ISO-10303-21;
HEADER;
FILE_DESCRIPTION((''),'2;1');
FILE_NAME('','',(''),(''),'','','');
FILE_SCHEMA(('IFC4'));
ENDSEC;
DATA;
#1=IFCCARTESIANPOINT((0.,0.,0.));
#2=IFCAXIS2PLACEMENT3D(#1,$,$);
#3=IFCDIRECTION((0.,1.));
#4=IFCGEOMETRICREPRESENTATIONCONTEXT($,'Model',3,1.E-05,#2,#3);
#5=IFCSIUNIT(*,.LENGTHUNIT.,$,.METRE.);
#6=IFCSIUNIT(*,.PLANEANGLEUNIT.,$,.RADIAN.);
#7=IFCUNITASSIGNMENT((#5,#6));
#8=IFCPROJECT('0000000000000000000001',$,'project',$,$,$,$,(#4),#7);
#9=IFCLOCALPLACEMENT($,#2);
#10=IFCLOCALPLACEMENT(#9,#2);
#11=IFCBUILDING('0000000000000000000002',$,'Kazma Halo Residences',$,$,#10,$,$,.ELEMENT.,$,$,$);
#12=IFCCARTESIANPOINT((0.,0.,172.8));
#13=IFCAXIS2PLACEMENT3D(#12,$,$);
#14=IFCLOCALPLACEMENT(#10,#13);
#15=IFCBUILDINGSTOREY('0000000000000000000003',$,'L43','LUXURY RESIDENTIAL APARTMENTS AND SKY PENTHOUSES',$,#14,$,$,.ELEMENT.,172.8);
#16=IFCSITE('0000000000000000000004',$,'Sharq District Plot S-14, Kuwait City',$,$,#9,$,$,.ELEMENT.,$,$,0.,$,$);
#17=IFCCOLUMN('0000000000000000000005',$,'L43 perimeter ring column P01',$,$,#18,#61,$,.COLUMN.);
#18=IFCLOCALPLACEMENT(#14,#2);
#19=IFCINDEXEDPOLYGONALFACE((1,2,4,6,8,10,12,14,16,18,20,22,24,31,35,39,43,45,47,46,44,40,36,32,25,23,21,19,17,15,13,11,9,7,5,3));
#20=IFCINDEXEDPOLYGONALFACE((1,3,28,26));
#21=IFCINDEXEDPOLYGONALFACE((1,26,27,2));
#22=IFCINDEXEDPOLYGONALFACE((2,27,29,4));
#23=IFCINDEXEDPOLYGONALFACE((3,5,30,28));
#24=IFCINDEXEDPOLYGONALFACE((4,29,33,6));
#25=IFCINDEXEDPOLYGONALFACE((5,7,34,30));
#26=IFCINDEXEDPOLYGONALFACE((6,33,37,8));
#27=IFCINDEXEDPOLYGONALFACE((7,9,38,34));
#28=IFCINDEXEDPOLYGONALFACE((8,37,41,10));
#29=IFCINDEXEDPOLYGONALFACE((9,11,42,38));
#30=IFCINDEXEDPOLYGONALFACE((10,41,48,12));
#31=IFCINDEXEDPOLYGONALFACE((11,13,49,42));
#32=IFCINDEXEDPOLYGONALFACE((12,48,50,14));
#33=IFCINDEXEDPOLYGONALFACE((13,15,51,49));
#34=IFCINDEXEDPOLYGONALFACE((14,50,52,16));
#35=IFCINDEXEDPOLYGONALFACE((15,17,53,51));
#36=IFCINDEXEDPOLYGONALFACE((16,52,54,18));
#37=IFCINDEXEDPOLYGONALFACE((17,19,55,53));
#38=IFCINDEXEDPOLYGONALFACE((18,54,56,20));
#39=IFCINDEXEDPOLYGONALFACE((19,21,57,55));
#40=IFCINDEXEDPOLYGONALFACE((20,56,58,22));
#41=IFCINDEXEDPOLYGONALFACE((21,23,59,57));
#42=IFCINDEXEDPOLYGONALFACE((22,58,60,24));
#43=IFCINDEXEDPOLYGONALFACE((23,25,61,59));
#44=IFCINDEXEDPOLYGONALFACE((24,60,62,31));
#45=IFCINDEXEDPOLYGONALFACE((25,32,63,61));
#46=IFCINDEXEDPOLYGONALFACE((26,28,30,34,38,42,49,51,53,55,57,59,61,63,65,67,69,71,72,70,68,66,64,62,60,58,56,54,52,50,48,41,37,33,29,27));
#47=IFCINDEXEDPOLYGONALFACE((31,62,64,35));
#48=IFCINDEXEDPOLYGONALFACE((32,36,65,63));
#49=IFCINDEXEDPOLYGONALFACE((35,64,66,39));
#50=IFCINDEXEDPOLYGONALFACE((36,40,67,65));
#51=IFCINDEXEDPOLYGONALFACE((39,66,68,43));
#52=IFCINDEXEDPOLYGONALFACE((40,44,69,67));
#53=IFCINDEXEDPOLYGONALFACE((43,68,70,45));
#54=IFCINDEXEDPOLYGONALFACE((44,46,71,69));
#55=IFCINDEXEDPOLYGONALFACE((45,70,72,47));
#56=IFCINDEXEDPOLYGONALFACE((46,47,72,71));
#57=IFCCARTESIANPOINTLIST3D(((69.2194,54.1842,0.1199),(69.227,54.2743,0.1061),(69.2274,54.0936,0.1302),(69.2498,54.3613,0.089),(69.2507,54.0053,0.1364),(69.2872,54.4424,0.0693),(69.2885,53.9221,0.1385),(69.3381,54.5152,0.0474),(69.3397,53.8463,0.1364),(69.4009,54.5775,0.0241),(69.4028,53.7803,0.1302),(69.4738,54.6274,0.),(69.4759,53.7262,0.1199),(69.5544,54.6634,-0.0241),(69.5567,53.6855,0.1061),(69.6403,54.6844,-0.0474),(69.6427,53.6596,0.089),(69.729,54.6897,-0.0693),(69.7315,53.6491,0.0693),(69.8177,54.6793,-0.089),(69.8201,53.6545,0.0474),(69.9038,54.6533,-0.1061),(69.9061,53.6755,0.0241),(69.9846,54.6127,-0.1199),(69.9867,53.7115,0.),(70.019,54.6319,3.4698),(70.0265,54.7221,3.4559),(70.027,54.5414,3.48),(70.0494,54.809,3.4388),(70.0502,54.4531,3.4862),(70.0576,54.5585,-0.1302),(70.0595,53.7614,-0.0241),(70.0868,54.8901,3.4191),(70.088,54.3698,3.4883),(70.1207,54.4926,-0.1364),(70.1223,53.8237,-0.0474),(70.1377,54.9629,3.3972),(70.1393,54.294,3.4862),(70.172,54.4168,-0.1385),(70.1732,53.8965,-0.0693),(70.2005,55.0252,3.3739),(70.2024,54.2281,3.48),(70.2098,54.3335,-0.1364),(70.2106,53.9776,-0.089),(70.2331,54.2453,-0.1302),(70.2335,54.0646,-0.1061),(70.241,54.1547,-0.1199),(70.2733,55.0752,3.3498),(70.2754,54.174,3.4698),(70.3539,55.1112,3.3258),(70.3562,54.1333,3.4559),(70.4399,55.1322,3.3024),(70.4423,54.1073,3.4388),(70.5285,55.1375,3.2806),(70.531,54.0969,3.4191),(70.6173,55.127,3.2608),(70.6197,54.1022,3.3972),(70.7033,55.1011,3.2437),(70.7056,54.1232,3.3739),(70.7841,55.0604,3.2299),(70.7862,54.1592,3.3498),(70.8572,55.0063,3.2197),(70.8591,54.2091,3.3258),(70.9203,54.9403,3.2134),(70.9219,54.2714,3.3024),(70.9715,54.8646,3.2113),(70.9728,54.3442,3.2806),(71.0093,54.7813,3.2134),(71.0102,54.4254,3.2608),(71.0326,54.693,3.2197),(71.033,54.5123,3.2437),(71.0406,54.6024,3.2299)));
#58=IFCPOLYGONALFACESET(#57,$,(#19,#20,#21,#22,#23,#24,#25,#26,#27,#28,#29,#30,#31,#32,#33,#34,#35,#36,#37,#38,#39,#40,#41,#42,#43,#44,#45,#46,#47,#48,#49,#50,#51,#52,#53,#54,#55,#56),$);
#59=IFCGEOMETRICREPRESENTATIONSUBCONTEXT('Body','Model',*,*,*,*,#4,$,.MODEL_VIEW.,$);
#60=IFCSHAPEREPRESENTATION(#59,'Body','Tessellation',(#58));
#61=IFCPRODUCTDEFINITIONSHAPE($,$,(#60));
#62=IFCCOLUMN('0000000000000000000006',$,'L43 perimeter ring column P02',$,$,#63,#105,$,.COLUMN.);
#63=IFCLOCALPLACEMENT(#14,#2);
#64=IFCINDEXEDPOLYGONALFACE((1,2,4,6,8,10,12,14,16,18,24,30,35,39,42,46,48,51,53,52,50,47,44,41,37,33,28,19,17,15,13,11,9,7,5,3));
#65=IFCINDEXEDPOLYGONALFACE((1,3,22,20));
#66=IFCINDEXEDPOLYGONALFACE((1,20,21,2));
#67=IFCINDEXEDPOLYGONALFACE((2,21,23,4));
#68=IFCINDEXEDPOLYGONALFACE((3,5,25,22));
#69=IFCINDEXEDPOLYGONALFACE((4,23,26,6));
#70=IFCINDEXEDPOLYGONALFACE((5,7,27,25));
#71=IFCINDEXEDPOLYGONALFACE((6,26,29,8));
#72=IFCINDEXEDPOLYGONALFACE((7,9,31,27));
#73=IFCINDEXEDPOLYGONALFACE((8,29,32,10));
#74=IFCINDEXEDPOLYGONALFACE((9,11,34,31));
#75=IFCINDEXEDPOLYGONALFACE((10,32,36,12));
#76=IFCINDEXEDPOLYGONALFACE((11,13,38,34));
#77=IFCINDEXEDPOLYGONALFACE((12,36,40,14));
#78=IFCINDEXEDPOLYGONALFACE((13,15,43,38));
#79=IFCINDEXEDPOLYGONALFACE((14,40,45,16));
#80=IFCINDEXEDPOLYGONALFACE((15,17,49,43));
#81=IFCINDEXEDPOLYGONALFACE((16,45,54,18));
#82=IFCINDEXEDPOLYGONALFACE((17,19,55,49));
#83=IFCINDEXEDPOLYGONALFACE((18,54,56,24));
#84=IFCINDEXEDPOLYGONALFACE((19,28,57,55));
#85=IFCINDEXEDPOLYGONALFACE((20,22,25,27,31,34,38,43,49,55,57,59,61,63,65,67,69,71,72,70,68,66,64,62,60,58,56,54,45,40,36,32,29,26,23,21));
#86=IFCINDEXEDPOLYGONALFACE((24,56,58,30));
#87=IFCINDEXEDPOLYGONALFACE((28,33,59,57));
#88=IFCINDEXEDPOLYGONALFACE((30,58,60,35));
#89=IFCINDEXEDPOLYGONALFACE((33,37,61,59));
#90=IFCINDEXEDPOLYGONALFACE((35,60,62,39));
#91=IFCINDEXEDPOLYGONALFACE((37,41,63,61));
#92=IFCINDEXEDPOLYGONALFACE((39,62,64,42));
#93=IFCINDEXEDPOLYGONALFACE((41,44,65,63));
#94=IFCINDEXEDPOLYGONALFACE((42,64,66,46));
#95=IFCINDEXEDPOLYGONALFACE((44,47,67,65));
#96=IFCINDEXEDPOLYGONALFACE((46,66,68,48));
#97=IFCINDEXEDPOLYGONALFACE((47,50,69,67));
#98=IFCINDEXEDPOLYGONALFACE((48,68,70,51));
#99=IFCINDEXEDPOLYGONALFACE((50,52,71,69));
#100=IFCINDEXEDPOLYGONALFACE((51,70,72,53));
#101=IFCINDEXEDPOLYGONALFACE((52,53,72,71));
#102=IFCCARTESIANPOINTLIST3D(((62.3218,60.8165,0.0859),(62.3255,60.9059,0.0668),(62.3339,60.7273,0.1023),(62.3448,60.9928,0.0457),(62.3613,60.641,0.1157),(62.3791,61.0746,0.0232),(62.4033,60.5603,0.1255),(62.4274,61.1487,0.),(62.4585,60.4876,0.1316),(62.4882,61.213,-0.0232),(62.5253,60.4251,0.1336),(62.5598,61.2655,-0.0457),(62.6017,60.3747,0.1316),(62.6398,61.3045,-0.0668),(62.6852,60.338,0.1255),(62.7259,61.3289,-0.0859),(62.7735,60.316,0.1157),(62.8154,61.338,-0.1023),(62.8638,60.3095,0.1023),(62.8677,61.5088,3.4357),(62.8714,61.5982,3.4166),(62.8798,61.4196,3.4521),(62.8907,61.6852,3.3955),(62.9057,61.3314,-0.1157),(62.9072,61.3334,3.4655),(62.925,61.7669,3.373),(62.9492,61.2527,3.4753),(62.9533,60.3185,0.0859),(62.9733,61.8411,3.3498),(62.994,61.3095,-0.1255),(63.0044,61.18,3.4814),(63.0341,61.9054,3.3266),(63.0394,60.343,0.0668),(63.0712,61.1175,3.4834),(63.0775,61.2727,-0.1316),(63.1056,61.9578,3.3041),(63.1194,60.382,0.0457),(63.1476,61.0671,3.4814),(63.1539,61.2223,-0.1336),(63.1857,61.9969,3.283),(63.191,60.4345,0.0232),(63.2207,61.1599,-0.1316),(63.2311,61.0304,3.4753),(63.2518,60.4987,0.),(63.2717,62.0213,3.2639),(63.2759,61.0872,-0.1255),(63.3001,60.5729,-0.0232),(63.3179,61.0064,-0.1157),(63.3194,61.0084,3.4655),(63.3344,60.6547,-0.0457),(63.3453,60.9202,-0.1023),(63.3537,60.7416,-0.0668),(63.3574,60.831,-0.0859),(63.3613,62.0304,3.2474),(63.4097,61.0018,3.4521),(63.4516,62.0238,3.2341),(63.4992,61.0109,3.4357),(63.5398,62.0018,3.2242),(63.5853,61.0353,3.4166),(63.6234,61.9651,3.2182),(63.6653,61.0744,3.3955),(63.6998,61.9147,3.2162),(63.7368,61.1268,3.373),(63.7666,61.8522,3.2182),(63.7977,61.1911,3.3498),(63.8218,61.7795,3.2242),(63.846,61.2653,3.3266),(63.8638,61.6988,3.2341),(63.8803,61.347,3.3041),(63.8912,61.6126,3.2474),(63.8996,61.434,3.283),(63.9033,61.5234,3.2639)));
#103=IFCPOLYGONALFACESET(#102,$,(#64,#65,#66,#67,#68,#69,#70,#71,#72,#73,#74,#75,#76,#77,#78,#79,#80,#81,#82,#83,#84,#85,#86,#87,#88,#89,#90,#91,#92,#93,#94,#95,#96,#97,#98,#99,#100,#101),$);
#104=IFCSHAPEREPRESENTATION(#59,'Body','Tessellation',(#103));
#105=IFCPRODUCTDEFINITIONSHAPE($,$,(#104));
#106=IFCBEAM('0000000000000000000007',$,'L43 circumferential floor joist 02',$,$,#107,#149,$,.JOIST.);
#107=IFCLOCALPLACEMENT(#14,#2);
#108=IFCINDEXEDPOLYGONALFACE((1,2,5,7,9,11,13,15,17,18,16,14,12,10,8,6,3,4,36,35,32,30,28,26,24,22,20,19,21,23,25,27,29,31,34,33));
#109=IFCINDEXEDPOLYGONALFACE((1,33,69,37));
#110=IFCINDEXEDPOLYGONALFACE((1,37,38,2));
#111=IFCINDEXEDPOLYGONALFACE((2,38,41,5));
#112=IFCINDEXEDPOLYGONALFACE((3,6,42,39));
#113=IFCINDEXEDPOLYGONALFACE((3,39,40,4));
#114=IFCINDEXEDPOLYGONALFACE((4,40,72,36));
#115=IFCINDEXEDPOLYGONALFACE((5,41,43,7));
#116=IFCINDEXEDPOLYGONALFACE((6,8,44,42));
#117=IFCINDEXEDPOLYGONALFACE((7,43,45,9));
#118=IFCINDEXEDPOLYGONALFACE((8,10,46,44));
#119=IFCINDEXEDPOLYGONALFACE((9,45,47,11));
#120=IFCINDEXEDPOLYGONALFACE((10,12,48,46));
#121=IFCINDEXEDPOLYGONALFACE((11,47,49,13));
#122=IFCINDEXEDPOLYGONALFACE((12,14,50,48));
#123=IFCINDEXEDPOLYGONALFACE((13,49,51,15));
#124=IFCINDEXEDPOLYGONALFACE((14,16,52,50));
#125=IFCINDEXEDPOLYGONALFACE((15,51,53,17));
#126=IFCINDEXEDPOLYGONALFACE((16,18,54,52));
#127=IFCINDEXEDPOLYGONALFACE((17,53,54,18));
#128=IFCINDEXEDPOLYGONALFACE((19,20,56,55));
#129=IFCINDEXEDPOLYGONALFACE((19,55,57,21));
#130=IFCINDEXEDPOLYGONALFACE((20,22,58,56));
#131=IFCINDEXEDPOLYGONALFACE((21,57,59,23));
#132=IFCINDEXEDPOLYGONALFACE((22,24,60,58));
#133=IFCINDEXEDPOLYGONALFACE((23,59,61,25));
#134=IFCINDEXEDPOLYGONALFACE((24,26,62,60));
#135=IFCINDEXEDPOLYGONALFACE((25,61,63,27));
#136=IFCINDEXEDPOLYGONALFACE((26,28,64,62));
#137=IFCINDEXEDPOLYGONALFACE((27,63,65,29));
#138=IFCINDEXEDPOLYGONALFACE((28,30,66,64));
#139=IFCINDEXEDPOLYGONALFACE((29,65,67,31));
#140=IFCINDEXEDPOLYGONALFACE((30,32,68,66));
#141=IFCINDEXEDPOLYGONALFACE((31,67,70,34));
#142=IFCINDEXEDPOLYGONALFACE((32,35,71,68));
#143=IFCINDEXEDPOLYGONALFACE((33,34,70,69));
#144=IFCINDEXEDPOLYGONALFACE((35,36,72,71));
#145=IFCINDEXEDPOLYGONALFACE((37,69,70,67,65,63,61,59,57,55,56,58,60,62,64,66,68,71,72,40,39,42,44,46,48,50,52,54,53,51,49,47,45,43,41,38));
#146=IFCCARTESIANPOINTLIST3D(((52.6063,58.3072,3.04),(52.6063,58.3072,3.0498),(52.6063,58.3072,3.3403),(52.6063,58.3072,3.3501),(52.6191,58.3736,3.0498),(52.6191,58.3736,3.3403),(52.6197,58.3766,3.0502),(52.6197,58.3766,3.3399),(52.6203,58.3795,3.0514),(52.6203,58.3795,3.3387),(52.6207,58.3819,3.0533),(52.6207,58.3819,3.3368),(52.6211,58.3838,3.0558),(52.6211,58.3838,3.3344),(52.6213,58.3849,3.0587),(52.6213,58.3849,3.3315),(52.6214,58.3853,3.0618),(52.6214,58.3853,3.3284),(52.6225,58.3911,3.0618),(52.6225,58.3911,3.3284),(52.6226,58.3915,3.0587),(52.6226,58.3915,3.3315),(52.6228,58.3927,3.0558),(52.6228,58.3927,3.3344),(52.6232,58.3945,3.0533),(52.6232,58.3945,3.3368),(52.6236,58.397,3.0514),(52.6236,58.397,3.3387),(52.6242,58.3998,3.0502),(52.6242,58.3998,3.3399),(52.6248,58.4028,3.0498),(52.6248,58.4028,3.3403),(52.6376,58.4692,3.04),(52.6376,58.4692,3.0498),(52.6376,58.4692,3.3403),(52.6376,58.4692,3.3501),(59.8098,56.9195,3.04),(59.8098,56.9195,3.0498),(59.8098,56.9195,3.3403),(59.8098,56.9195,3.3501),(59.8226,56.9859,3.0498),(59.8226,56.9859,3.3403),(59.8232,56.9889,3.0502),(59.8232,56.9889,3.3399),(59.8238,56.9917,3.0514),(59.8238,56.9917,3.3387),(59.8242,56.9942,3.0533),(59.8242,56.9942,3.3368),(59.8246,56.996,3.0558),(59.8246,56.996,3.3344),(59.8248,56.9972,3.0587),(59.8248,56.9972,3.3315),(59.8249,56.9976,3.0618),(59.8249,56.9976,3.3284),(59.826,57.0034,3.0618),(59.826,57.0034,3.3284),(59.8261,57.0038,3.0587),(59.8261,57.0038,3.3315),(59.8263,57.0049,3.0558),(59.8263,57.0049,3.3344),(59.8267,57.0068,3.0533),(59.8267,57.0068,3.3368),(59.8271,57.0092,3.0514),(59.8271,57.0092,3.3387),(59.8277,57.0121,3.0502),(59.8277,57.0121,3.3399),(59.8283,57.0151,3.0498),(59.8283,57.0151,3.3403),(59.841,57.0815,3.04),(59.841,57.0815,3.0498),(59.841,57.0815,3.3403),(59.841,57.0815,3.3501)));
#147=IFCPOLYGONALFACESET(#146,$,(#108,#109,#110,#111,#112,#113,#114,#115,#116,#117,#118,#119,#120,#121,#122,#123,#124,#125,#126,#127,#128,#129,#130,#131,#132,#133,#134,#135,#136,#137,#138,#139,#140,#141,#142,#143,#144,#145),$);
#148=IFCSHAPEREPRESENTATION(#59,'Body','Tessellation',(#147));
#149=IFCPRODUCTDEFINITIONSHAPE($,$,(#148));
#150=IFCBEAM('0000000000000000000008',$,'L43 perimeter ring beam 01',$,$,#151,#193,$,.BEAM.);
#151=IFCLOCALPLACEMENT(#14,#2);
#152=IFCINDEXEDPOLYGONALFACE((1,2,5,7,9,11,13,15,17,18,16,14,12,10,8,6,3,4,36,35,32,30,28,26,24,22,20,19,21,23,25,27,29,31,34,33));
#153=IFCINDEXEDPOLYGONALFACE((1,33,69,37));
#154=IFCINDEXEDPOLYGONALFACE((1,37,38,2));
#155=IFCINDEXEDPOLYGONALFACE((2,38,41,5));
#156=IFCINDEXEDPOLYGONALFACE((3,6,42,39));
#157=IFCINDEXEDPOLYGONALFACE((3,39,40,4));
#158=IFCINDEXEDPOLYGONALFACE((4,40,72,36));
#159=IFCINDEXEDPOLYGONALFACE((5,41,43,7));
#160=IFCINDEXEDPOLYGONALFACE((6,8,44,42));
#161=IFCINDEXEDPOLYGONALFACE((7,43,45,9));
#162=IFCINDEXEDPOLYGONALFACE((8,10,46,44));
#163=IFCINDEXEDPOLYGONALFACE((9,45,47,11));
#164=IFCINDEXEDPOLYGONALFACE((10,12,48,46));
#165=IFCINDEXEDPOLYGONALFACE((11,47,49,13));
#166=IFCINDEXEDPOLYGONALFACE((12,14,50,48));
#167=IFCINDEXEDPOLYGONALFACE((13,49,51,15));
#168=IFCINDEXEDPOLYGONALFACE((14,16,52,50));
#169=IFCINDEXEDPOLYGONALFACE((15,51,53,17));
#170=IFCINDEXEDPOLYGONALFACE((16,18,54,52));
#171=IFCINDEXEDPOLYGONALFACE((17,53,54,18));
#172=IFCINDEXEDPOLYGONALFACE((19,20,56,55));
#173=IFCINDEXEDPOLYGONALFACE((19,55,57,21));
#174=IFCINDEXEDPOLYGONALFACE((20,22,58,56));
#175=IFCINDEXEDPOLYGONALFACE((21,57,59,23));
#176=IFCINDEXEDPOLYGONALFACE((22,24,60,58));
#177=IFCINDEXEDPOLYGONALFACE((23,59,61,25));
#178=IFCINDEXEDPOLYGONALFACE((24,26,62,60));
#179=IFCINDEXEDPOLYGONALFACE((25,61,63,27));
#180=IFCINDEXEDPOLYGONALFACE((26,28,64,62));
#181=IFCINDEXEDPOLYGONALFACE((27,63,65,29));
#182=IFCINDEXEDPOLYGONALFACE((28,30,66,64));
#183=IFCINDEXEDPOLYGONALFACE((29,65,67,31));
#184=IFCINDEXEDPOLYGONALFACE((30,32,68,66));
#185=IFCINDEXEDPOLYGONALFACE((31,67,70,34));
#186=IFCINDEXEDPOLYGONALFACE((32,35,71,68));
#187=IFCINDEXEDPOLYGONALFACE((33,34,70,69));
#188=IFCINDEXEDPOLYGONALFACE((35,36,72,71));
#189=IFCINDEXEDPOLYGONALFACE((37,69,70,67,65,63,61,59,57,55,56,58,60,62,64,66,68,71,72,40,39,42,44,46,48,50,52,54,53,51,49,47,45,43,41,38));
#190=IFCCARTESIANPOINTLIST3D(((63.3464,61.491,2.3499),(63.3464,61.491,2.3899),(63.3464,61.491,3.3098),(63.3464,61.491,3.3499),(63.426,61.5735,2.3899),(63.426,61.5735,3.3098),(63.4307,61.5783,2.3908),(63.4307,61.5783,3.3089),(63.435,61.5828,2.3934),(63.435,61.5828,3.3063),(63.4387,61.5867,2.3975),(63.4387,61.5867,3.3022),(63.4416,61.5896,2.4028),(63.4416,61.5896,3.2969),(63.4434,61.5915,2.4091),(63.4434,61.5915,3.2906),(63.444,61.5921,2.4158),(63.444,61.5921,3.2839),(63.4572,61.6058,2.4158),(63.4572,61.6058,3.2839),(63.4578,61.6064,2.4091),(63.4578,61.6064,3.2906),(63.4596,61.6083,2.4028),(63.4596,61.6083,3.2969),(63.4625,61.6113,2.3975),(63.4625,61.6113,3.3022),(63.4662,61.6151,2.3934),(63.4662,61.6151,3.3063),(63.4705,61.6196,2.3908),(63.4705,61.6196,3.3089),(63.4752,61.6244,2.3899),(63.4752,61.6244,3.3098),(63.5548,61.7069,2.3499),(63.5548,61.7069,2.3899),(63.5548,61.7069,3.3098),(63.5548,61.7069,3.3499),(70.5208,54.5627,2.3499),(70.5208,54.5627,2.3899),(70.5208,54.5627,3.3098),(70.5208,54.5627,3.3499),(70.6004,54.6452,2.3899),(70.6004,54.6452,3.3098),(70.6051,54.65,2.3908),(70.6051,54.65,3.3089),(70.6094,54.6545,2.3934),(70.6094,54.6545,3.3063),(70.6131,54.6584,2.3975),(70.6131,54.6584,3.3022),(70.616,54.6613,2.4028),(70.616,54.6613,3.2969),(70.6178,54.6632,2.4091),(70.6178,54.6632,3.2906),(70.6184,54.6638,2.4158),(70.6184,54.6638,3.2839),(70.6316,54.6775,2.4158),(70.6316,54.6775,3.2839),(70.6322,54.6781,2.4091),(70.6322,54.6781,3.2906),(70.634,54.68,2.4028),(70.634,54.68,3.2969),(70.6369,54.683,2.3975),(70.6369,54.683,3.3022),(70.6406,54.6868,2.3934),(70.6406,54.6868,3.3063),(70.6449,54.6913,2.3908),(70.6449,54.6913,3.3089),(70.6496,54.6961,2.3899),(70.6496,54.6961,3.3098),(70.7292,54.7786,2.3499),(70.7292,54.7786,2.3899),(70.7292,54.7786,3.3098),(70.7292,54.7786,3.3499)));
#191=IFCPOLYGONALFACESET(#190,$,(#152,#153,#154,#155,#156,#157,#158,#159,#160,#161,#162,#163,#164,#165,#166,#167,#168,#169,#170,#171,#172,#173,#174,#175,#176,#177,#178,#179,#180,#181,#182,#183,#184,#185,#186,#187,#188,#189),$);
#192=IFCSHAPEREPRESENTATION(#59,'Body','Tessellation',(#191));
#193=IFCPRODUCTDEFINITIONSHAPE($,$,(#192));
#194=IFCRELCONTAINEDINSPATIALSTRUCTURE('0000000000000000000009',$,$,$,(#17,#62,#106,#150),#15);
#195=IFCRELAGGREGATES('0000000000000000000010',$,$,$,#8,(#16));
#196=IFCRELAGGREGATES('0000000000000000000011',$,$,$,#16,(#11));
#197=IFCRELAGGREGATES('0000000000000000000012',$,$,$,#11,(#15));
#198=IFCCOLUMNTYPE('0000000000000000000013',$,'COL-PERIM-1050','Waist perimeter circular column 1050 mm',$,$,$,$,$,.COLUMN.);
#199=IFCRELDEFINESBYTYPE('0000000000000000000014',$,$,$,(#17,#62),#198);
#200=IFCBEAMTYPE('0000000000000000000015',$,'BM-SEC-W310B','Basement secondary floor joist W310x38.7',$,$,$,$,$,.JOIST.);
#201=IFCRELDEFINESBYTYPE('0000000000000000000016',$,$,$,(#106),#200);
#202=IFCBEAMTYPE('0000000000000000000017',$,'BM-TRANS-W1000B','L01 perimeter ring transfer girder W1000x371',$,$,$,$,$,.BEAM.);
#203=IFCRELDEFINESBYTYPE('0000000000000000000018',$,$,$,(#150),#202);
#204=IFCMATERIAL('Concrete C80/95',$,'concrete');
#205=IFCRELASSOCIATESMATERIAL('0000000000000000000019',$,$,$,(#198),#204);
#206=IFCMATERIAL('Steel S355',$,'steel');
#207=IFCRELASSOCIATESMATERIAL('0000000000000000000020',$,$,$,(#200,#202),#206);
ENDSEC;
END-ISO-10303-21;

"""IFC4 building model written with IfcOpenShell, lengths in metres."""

from ifc_helpers import new_model, si_unit, direction, frame, origin, origin_2d, place, context, subcontext, project, spatial, circle, i_section, extrude, material, material_profile, profile_set, type_object, element, save


model = new_model("IFC4")

# Units and contexts
model_context = context("Model", 3, precision=1e-05, world=origin(), true_north=direction((0.0, 1.0)))
body_context = subcontext(model_context, "Body", "Model", "MODEL_VIEW")
ifc_project = project(units=[si_unit("LENGTHUNIT", "METRE"), si_unit("PLANEANGLEUNIT", "RADIAN")], contexts=[model_context])

# Site, building, storey
site_placement = place(None, origin())
site = spatial("IfcSite", under=ifc_project, at=site_placement, Name="Sharq District Plot S-14, Kuwait City", CompositionType="ELEMENT", RefElevation=0.0)
building_placement = place(site_placement, origin())
building = spatial("IfcBuilding", under=site, at=building_placement, Name="Kazma Halo Residences", CompositionType="ELEMENT")
storey_placement = place(building_placement, frame((0.0, 0.0, 172.8)))
storey = spatial("IfcBuildingStorey", under=building, at=storey_placement, Name="L43", Description="LUXURY RESIDENTIAL APARTMENTS AND SKY PENTHOUSES", CompositionType="ELEMENT", Elevation=172.8)

# Columns
ifc_material_1 = material(Name="Concrete C80/95", Category="concrete")
ifc_material_profile_1 = material_profile(ifc_material_1, circle(Radius=0.5249, at=origin_2d()), Name="CIRC1050")
ifc_profile_set_1 = profile_set([ifc_material_profile_1], Name="Concrete C80/95")
column_type = type_object("IfcColumnType", Name="COL-PERIM-1050", Description="Waist perimeter circular column 1050 mm", PredefinedType="COLUMN", material=ifc_profile_set_1)
column_1_placement = place(storey_placement, frame((69.7302, 54.1694, 0.0), z_axis=(0.230226, 0.128927, 0.964559), x_axis=(-0.488603, 0.872506, 0.0)))
element("IfcColumn", 1, at=column_1_placement, inside=storey, type_object=column_type, Name="L43 perimeter ring column P01", PredefinedType="COLUMN", context=body_context, shape_type="SweptSolid", body=[
    extrude(circle(Radius=0.5249, at=origin_2d()), origin(), (0.0, 0.0, 1.0), 3.4729),
])
column_2_placement = place(storey_placement, frame((62.8396, 60.8237, 0.0), z_axis=(0.157594, 0.199883, 0.967063), x_axis=(-0.78528, 0.619141, 0.0)))
element("IfcColumn", 2, at=column_2_placement, inside=storey, type_object=column_type, Name="L43 perimeter ring column P02", PredefinedType="COLUMN", context=body_context, shape_type="SweptSolid", body=[
    extrude(circle(Radius=0.5249, at=origin_2d()), origin(), (0.0, 0.0, 1.0), 3.4639),
])

# Beams
ifc_material_2 = material(Name="Steel S355", Category="steel")
ifc_material_profile_2 = material_profile(ifc_material_2, i_section(OverallWidth=0.165, OverallDepth=0.3101, WebThickness=0.0059, FlangeThickness=0.0098, FilletRadius=0.012, at=origin_2d()), Name="W310x38.7")
ifc_profile_set_2 = profile_set([ifc_material_profile_2], Name="Steel S355")
beam_type_1 = type_object("IfcBeamType", Name="BM-SEC-W310B", Description="Basement secondary floor joist W310x38.7", PredefinedType="JOIST", material=ifc_profile_set_2)
beam_1_placement = place(storey_placement, frame((59.8254, 57.0005, 3.1951), z_axis=(-0.981945, 0.189167, 0.0), x_axis=(-0.189167, -0.981945, 0.0)))
element("IfcBeam", 3, at=beam_1_placement, inside=storey, type_object=beam_type_1, Name="L43 circumferential floor joist 02", PredefinedType="JOIST", context=body_context, shape_type="SweptSolid", body=[
    extrude(i_section(OverallWidth=0.165, OverallDepth=0.3101, WebThickness=0.0059, FlangeThickness=0.0098, FilletRadius=0.012, at=origin_2d()), origin(), (0.0, 0.0, 1.0), 7.3359),
])
ifc_material_profile_3 = material_profile(ifc_material_2, i_section(OverallWidth=0.3, OverallDepth=1.0, WebThickness=0.019, FlangeThickness=0.04, FilletRadius=0.0259, at=origin_2d()), Name="W1000x371")
ifc_profile_set_3 = profile_set([ifc_material_profile_3], Name="Steel S355")
beam_type_2 = type_object("IfcBeamType", Name="BM-TRANS-W1000B", Description="L01 perimeter ring transfer girder W1000x371", PredefinedType="BEAM", material=ifc_profile_set_3)
beam_2_placement = place(storey_placement, frame((70.625, 54.6707, 2.8499), z_axis=(-0.719337, 0.694662, 0.0), x_axis=(-0.694662, -0.719337, 0.0)))
element("IfcBeam", 4, at=beam_2_placement, inside=storey, type_object=beam_type_2, Name="L43 perimeter ring beam 01", PredefinedType="BEAM", context=body_context, shape_type="SweptSolid", body=[
    extrude(i_section(OverallWidth=0.3, OverallDepth=1.0, WebThickness=0.019, FlangeThickness=0.04, FilletRadius=0.0259, at=origin_2d()), origin(), (0.0, 0.0, 1.0), 9.9736),
])

save(model, "model.ifc")
